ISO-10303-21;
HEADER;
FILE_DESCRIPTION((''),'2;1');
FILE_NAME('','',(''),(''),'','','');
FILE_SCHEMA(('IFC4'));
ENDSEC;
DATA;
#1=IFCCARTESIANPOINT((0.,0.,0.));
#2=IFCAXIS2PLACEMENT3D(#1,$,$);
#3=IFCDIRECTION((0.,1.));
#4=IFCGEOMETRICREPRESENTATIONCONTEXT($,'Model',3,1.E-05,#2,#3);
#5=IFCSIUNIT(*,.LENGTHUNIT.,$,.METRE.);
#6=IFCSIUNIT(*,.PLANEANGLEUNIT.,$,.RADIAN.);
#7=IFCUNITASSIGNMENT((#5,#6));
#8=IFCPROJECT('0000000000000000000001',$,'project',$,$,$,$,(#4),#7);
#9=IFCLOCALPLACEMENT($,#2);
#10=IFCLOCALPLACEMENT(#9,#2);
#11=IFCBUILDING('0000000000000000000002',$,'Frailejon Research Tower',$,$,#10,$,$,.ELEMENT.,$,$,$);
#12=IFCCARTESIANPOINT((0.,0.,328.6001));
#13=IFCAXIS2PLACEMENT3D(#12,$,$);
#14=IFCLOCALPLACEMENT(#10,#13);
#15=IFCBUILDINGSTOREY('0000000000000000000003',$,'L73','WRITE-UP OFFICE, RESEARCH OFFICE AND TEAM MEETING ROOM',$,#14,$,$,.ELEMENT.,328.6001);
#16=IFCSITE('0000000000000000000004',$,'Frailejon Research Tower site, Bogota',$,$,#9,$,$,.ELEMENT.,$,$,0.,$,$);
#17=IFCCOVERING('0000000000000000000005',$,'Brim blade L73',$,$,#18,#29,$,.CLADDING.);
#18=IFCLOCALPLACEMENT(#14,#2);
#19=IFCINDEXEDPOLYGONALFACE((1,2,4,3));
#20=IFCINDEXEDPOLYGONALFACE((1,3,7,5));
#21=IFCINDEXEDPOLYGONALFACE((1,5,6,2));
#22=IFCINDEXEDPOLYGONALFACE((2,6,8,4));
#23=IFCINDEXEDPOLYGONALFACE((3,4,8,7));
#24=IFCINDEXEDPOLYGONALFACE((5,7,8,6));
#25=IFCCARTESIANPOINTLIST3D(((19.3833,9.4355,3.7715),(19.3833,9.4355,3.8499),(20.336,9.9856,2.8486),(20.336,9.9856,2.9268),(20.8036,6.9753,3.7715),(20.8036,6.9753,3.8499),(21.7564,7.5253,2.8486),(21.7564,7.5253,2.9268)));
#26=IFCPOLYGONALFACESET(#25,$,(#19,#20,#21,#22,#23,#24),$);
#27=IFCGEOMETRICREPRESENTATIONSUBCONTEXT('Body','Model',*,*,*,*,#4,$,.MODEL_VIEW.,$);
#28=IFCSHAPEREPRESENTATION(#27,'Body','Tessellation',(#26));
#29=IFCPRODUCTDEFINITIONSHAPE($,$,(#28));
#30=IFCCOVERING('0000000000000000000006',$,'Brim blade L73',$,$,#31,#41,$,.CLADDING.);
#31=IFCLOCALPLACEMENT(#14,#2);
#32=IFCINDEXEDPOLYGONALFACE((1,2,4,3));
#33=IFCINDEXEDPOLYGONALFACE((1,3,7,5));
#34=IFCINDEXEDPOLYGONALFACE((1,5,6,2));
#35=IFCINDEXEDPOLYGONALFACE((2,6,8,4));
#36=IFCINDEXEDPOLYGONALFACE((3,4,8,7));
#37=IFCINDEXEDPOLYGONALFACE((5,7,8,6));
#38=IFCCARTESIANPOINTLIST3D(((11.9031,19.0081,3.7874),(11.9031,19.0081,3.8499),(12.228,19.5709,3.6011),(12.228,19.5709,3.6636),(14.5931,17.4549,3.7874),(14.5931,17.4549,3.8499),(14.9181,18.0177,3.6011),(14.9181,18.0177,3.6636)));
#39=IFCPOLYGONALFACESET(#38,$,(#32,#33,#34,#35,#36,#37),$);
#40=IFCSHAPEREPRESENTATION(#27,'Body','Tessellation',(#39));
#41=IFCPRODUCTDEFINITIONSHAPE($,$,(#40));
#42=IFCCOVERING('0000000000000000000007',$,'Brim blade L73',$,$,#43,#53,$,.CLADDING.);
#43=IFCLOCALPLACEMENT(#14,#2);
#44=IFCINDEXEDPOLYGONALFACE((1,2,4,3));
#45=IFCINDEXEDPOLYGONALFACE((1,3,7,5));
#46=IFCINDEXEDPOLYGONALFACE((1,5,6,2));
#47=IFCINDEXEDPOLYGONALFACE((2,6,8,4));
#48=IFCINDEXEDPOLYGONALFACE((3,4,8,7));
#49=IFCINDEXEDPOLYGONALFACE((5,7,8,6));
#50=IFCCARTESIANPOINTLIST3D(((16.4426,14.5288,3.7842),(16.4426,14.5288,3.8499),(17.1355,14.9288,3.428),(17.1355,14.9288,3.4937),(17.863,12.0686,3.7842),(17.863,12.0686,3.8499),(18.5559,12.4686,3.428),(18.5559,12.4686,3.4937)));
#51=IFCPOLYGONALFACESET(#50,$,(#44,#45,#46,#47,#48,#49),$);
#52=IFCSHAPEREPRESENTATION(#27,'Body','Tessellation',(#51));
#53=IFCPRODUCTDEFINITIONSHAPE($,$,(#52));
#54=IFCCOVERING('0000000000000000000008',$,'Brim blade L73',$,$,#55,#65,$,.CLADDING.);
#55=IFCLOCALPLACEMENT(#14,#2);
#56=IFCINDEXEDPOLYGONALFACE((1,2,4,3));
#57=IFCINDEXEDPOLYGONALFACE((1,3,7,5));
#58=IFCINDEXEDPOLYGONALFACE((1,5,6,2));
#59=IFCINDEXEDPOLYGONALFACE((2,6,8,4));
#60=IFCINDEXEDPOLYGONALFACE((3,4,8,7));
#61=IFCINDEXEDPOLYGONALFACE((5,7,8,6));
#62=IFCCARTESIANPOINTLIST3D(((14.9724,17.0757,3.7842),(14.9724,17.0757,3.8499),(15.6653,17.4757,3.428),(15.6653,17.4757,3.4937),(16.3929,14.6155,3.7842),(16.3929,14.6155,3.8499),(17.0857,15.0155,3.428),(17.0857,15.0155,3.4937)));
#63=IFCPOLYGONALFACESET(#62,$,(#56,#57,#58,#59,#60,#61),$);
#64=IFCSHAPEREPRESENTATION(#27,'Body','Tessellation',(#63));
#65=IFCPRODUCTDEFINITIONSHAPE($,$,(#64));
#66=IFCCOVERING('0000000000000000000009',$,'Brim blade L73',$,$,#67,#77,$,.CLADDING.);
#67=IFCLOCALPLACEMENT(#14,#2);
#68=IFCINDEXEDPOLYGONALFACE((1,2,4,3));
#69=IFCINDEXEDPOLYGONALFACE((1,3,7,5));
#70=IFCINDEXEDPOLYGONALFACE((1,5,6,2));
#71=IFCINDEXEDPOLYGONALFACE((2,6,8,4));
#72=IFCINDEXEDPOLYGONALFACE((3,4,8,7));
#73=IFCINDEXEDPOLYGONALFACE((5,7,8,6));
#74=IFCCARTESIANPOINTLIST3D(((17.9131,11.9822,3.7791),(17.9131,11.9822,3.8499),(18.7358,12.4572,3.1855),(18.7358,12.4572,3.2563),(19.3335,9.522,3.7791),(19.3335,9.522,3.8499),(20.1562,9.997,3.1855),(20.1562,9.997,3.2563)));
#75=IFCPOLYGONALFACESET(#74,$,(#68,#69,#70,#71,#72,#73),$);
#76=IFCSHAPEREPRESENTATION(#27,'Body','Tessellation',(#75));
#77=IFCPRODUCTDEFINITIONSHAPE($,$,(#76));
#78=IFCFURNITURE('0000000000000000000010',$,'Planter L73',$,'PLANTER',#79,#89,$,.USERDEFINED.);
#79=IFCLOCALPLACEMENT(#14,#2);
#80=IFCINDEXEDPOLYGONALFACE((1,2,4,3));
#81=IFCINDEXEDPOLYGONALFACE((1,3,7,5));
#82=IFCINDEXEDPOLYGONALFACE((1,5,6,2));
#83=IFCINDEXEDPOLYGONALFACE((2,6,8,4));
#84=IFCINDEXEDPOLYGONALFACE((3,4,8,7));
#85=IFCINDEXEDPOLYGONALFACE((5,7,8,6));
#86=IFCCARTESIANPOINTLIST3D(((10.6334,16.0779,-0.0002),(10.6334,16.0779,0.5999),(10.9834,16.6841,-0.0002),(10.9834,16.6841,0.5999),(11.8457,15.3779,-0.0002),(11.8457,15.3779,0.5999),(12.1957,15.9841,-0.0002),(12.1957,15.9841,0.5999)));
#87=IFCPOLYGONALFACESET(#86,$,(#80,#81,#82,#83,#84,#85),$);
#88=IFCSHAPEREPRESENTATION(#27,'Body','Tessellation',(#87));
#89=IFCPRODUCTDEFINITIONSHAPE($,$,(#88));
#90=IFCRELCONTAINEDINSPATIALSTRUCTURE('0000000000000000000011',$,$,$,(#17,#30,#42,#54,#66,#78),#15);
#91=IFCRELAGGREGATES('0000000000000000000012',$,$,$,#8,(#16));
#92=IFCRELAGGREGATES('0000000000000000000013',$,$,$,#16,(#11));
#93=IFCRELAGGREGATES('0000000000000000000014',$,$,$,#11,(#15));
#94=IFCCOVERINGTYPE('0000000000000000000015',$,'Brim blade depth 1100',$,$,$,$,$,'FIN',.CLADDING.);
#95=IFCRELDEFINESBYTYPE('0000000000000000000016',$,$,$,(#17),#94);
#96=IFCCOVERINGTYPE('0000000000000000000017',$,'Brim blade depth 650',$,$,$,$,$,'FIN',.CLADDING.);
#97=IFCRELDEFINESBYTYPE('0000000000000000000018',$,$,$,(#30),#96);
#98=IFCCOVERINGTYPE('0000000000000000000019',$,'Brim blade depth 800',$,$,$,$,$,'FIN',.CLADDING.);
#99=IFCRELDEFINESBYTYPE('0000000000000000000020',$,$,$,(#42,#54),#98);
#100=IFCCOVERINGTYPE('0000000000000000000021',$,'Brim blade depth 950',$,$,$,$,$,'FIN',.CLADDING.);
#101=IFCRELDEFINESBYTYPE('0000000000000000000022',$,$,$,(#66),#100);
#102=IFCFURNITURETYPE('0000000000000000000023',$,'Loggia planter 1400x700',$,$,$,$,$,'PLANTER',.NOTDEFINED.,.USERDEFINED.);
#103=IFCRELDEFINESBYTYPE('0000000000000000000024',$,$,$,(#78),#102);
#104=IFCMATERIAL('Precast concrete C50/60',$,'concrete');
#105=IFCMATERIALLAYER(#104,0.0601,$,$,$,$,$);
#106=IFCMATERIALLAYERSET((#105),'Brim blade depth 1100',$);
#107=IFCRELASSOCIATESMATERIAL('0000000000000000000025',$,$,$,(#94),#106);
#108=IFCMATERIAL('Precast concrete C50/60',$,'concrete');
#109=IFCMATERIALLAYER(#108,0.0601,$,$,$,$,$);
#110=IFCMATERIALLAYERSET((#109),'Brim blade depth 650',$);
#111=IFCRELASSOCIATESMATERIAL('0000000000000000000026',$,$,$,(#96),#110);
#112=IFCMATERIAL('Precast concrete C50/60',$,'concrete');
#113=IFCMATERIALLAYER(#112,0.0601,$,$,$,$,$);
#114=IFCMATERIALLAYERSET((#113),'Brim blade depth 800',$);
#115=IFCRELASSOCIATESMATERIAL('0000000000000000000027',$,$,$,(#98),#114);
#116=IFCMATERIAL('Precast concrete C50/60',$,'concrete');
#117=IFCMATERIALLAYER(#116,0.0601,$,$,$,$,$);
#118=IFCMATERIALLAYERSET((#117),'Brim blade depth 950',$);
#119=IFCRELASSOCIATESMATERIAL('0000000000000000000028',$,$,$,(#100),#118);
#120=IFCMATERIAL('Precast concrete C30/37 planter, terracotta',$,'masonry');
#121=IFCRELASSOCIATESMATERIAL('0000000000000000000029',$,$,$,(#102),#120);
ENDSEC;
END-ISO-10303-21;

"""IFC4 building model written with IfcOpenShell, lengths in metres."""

from ifc_helpers import new_model, si_unit, direction, frame, origin, origin_2d, place, context, subcontext, project, spatial, polyline, rectangle, outline, extrude, material, layer, layer_set, type_object, element, save


model = new_model("IFC4")

# Units and contexts
model_context = context("Model", 3, precision=1e-05, world=origin(), true_north=direction((0.0, 1.0)))
body_context = subcontext(model_context, "Body", "Model", "MODEL_VIEW")
ifc_project = project(units=[si_unit("LENGTHUNIT", "METRE"), si_unit("PLANEANGLEUNIT", "RADIAN")], contexts=[model_context])

# Site, building, storey
site_placement = place(None, origin())
site = spatial("IfcSite", under=ifc_project, at=site_placement, Name="Frailejon Research Tower site, Bogota", CompositionType="ELEMENT", RefElevation=0.0)
building_placement = place(site_placement, origin())
building = spatial("IfcBuilding", under=site, at=building_placement, Name="Frailejon Research Tower", CompositionType="ELEMENT")
storey_placement = place(building_placement, frame((0.0, 0.0, 328.6001)))
storey = spatial("IfcBuildingStorey", under=building, at=storey_placement, Name="L73", Description="WRITE-UP OFFICE, RESEARCH OFFICE AND TEAM MEETING ROOM", CompositionType="ELEMENT", Elevation=328.6001)

# Coverings
ifc_material_1 = material(Name="Precast concrete C50/60", Category="concrete")
ifc_layer_1 = layer(ifc_material_1, 0.0601)
ifc_layer_set_1 = layer_set([ifc_layer_1], Name="Brim blade depth 1100")
covering_type_1 = type_object("IfcCoveringType", Name="Brim blade depth 1100", ElementType="FIN", PredefinedType="CLADDING", material=ifc_layer_set_1)
covering_1_placement = place(storey_placement, frame((19.3833, 9.4355, 3.8499), z_axis=(0.499976, -0.866039, 0.0), x_axis=(0.866039, 0.499976, 0.0)))
element("IfcCovering", 1, at=covering_1_placement, inside=storey, type_object=covering_type_1, Name="Brim blade L73", PredefinedType="CLADDING", context=body_context, shape_type="SweptSolid", body=[
    extrude(outline(polyline([(0.0, -0.0784), (1.1001, -1.0012), (1.1001, -0.9231), (0.0, 0.0), (0.0, -0.0784)])), origin(), (0.0, 0.0, 1.0), 2.8408),
])
ifc_material_2 = material(Name="Precast concrete C50/60", Category="concrete")
ifc_layer_2 = layer(ifc_material_2, 0.0601)
ifc_layer_set_2 = layer_set([ifc_layer_2], Name="Brim blade depth 650")
covering_type_2 = type_object("IfcCoveringType", Name="Brim blade depth 650", ElementType="FIN", PredefinedType="CLADDING", material=ifc_layer_set_2)
covering_2_placement = place(storey_placement, frame((11.9031, 19.0081, 3.8499), z_axis=(0.866014, -0.50002, 0.0), x_axis=(0.50002, 0.866014, 0.0)))
element("IfcCovering", 2, at=covering_2_placement, inside=storey, type_object=covering_type_2, Name="Brim blade L73", PredefinedType="CLADDING", context=body_context, shape_type="SweptSolid", body=[
    extrude(outline(polyline([(0.0, -0.0625), (0.6499, -0.2488), (0.6499, -0.1863), (0.0, 0.0), (0.0, -0.0625)])), origin(), (0.0, 0.0, 1.0), 3.1062),
])
ifc_material_3 = material(Name="Precast concrete C50/60", Category="concrete")
ifc_layer_3 = layer(ifc_material_3, 0.0601)
ifc_layer_set_3 = layer_set([ifc_layer_3], Name="Brim blade depth 800")
covering_type_3 = type_object("IfcCoveringType", Name="Brim blade depth 800", ElementType="FIN", PredefinedType="CLADDING", material=ifc_layer_set_3)
for number, where, z_axis, x_axis, name in (
    (3, (16.4426, 14.5288, 3.8499), (0.49999, -0.866031, 0.0), (0.866031, 0.49999, 0.0), "Brim blade L73"),
    (4, (14.9724, 17.0757, 3.8499), (0.500016, -0.866016, 0.0), (0.866016, 0.500016, 0.0), "Brim blade L73"),
):
    element("IfcCovering", number, at=place(storey_placement, frame(where, z_axis=z_axis, x_axis=x_axis)), inside=storey, type_object=covering_type_3, Name=name, PredefinedType="CLADDING", context=body_context, shape_type="SweptSolid", body=[
        extrude(outline(polyline([(0.0, -0.0657), (0.8, -0.4219), (0.8, -0.3562), (0.0, 0.0), (0.0, -0.0657)])), origin(), (0.0, 0.0, 1.0), 2.8408),
    ])
ifc_material_4 = material(Name="Precast concrete C50/60", Category="concrete")
ifc_layer_4 = layer(ifc_material_4, 0.0601)
ifc_layer_set_4 = layer_set([ifc_layer_4], Name="Brim blade depth 950")
covering_type_4 = type_object("IfcCoveringType", Name="Brim blade depth 950", ElementType="FIN", PredefinedType="CLADDING", material=ifc_layer_set_4)
covering_3_placement = place(storey_placement, frame((17.9131, 11.9822, 3.8499), z_axis=(0.500016, -0.866016, 0.0), x_axis=(0.866016, 0.500016, 0.0)))
element("IfcCovering", 5, at=covering_3_placement, inside=storey, type_object=covering_type_4, Name="Brim blade L73", PredefinedType="CLADDING", context=body_context, shape_type="SweptSolid", body=[
    extrude(outline(polyline([(0.0, -0.0708), (0.95, -0.6643), (0.95, -0.5935), (0.0, 0.0), (0.0, -0.0708)])), origin(), (0.0, 0.0, 1.0), 2.8408),
])

# Furniture
ifc_material_5 = material(Name="Precast concrete C30/37 planter, terracotta", Category="masonry")
furniture_type = type_object("IfcFurnitureType", Name="Loggia planter 1400x700", ElementType="PLANTER", AssemblyPlace="NOTDEFINED", PredefinedType="USERDEFINED", material=ifc_material_5)
furniture_placement = place(storey_placement, frame((11.4146, 16.031, -0.0002), z_axis=(0.0, 0.0, 1.0), x_axis=(-0.866025, 0.5, 0.0)))
element("IfcFurniture", 6, at=furniture_placement, inside=storey, type_object=furniture_type, Name="Planter L73", ObjectType="PLANTER", PredefinedType="USERDEFINED", context=body_context, shape_type="SweptSolid", body=[
    extrude(rectangle(XDim=1.3999, YDim=0.7, at=origin_2d()), origin(), (0.0, 0.0, 1.0), 0.6001),
])

save(model, "model.ifc")
